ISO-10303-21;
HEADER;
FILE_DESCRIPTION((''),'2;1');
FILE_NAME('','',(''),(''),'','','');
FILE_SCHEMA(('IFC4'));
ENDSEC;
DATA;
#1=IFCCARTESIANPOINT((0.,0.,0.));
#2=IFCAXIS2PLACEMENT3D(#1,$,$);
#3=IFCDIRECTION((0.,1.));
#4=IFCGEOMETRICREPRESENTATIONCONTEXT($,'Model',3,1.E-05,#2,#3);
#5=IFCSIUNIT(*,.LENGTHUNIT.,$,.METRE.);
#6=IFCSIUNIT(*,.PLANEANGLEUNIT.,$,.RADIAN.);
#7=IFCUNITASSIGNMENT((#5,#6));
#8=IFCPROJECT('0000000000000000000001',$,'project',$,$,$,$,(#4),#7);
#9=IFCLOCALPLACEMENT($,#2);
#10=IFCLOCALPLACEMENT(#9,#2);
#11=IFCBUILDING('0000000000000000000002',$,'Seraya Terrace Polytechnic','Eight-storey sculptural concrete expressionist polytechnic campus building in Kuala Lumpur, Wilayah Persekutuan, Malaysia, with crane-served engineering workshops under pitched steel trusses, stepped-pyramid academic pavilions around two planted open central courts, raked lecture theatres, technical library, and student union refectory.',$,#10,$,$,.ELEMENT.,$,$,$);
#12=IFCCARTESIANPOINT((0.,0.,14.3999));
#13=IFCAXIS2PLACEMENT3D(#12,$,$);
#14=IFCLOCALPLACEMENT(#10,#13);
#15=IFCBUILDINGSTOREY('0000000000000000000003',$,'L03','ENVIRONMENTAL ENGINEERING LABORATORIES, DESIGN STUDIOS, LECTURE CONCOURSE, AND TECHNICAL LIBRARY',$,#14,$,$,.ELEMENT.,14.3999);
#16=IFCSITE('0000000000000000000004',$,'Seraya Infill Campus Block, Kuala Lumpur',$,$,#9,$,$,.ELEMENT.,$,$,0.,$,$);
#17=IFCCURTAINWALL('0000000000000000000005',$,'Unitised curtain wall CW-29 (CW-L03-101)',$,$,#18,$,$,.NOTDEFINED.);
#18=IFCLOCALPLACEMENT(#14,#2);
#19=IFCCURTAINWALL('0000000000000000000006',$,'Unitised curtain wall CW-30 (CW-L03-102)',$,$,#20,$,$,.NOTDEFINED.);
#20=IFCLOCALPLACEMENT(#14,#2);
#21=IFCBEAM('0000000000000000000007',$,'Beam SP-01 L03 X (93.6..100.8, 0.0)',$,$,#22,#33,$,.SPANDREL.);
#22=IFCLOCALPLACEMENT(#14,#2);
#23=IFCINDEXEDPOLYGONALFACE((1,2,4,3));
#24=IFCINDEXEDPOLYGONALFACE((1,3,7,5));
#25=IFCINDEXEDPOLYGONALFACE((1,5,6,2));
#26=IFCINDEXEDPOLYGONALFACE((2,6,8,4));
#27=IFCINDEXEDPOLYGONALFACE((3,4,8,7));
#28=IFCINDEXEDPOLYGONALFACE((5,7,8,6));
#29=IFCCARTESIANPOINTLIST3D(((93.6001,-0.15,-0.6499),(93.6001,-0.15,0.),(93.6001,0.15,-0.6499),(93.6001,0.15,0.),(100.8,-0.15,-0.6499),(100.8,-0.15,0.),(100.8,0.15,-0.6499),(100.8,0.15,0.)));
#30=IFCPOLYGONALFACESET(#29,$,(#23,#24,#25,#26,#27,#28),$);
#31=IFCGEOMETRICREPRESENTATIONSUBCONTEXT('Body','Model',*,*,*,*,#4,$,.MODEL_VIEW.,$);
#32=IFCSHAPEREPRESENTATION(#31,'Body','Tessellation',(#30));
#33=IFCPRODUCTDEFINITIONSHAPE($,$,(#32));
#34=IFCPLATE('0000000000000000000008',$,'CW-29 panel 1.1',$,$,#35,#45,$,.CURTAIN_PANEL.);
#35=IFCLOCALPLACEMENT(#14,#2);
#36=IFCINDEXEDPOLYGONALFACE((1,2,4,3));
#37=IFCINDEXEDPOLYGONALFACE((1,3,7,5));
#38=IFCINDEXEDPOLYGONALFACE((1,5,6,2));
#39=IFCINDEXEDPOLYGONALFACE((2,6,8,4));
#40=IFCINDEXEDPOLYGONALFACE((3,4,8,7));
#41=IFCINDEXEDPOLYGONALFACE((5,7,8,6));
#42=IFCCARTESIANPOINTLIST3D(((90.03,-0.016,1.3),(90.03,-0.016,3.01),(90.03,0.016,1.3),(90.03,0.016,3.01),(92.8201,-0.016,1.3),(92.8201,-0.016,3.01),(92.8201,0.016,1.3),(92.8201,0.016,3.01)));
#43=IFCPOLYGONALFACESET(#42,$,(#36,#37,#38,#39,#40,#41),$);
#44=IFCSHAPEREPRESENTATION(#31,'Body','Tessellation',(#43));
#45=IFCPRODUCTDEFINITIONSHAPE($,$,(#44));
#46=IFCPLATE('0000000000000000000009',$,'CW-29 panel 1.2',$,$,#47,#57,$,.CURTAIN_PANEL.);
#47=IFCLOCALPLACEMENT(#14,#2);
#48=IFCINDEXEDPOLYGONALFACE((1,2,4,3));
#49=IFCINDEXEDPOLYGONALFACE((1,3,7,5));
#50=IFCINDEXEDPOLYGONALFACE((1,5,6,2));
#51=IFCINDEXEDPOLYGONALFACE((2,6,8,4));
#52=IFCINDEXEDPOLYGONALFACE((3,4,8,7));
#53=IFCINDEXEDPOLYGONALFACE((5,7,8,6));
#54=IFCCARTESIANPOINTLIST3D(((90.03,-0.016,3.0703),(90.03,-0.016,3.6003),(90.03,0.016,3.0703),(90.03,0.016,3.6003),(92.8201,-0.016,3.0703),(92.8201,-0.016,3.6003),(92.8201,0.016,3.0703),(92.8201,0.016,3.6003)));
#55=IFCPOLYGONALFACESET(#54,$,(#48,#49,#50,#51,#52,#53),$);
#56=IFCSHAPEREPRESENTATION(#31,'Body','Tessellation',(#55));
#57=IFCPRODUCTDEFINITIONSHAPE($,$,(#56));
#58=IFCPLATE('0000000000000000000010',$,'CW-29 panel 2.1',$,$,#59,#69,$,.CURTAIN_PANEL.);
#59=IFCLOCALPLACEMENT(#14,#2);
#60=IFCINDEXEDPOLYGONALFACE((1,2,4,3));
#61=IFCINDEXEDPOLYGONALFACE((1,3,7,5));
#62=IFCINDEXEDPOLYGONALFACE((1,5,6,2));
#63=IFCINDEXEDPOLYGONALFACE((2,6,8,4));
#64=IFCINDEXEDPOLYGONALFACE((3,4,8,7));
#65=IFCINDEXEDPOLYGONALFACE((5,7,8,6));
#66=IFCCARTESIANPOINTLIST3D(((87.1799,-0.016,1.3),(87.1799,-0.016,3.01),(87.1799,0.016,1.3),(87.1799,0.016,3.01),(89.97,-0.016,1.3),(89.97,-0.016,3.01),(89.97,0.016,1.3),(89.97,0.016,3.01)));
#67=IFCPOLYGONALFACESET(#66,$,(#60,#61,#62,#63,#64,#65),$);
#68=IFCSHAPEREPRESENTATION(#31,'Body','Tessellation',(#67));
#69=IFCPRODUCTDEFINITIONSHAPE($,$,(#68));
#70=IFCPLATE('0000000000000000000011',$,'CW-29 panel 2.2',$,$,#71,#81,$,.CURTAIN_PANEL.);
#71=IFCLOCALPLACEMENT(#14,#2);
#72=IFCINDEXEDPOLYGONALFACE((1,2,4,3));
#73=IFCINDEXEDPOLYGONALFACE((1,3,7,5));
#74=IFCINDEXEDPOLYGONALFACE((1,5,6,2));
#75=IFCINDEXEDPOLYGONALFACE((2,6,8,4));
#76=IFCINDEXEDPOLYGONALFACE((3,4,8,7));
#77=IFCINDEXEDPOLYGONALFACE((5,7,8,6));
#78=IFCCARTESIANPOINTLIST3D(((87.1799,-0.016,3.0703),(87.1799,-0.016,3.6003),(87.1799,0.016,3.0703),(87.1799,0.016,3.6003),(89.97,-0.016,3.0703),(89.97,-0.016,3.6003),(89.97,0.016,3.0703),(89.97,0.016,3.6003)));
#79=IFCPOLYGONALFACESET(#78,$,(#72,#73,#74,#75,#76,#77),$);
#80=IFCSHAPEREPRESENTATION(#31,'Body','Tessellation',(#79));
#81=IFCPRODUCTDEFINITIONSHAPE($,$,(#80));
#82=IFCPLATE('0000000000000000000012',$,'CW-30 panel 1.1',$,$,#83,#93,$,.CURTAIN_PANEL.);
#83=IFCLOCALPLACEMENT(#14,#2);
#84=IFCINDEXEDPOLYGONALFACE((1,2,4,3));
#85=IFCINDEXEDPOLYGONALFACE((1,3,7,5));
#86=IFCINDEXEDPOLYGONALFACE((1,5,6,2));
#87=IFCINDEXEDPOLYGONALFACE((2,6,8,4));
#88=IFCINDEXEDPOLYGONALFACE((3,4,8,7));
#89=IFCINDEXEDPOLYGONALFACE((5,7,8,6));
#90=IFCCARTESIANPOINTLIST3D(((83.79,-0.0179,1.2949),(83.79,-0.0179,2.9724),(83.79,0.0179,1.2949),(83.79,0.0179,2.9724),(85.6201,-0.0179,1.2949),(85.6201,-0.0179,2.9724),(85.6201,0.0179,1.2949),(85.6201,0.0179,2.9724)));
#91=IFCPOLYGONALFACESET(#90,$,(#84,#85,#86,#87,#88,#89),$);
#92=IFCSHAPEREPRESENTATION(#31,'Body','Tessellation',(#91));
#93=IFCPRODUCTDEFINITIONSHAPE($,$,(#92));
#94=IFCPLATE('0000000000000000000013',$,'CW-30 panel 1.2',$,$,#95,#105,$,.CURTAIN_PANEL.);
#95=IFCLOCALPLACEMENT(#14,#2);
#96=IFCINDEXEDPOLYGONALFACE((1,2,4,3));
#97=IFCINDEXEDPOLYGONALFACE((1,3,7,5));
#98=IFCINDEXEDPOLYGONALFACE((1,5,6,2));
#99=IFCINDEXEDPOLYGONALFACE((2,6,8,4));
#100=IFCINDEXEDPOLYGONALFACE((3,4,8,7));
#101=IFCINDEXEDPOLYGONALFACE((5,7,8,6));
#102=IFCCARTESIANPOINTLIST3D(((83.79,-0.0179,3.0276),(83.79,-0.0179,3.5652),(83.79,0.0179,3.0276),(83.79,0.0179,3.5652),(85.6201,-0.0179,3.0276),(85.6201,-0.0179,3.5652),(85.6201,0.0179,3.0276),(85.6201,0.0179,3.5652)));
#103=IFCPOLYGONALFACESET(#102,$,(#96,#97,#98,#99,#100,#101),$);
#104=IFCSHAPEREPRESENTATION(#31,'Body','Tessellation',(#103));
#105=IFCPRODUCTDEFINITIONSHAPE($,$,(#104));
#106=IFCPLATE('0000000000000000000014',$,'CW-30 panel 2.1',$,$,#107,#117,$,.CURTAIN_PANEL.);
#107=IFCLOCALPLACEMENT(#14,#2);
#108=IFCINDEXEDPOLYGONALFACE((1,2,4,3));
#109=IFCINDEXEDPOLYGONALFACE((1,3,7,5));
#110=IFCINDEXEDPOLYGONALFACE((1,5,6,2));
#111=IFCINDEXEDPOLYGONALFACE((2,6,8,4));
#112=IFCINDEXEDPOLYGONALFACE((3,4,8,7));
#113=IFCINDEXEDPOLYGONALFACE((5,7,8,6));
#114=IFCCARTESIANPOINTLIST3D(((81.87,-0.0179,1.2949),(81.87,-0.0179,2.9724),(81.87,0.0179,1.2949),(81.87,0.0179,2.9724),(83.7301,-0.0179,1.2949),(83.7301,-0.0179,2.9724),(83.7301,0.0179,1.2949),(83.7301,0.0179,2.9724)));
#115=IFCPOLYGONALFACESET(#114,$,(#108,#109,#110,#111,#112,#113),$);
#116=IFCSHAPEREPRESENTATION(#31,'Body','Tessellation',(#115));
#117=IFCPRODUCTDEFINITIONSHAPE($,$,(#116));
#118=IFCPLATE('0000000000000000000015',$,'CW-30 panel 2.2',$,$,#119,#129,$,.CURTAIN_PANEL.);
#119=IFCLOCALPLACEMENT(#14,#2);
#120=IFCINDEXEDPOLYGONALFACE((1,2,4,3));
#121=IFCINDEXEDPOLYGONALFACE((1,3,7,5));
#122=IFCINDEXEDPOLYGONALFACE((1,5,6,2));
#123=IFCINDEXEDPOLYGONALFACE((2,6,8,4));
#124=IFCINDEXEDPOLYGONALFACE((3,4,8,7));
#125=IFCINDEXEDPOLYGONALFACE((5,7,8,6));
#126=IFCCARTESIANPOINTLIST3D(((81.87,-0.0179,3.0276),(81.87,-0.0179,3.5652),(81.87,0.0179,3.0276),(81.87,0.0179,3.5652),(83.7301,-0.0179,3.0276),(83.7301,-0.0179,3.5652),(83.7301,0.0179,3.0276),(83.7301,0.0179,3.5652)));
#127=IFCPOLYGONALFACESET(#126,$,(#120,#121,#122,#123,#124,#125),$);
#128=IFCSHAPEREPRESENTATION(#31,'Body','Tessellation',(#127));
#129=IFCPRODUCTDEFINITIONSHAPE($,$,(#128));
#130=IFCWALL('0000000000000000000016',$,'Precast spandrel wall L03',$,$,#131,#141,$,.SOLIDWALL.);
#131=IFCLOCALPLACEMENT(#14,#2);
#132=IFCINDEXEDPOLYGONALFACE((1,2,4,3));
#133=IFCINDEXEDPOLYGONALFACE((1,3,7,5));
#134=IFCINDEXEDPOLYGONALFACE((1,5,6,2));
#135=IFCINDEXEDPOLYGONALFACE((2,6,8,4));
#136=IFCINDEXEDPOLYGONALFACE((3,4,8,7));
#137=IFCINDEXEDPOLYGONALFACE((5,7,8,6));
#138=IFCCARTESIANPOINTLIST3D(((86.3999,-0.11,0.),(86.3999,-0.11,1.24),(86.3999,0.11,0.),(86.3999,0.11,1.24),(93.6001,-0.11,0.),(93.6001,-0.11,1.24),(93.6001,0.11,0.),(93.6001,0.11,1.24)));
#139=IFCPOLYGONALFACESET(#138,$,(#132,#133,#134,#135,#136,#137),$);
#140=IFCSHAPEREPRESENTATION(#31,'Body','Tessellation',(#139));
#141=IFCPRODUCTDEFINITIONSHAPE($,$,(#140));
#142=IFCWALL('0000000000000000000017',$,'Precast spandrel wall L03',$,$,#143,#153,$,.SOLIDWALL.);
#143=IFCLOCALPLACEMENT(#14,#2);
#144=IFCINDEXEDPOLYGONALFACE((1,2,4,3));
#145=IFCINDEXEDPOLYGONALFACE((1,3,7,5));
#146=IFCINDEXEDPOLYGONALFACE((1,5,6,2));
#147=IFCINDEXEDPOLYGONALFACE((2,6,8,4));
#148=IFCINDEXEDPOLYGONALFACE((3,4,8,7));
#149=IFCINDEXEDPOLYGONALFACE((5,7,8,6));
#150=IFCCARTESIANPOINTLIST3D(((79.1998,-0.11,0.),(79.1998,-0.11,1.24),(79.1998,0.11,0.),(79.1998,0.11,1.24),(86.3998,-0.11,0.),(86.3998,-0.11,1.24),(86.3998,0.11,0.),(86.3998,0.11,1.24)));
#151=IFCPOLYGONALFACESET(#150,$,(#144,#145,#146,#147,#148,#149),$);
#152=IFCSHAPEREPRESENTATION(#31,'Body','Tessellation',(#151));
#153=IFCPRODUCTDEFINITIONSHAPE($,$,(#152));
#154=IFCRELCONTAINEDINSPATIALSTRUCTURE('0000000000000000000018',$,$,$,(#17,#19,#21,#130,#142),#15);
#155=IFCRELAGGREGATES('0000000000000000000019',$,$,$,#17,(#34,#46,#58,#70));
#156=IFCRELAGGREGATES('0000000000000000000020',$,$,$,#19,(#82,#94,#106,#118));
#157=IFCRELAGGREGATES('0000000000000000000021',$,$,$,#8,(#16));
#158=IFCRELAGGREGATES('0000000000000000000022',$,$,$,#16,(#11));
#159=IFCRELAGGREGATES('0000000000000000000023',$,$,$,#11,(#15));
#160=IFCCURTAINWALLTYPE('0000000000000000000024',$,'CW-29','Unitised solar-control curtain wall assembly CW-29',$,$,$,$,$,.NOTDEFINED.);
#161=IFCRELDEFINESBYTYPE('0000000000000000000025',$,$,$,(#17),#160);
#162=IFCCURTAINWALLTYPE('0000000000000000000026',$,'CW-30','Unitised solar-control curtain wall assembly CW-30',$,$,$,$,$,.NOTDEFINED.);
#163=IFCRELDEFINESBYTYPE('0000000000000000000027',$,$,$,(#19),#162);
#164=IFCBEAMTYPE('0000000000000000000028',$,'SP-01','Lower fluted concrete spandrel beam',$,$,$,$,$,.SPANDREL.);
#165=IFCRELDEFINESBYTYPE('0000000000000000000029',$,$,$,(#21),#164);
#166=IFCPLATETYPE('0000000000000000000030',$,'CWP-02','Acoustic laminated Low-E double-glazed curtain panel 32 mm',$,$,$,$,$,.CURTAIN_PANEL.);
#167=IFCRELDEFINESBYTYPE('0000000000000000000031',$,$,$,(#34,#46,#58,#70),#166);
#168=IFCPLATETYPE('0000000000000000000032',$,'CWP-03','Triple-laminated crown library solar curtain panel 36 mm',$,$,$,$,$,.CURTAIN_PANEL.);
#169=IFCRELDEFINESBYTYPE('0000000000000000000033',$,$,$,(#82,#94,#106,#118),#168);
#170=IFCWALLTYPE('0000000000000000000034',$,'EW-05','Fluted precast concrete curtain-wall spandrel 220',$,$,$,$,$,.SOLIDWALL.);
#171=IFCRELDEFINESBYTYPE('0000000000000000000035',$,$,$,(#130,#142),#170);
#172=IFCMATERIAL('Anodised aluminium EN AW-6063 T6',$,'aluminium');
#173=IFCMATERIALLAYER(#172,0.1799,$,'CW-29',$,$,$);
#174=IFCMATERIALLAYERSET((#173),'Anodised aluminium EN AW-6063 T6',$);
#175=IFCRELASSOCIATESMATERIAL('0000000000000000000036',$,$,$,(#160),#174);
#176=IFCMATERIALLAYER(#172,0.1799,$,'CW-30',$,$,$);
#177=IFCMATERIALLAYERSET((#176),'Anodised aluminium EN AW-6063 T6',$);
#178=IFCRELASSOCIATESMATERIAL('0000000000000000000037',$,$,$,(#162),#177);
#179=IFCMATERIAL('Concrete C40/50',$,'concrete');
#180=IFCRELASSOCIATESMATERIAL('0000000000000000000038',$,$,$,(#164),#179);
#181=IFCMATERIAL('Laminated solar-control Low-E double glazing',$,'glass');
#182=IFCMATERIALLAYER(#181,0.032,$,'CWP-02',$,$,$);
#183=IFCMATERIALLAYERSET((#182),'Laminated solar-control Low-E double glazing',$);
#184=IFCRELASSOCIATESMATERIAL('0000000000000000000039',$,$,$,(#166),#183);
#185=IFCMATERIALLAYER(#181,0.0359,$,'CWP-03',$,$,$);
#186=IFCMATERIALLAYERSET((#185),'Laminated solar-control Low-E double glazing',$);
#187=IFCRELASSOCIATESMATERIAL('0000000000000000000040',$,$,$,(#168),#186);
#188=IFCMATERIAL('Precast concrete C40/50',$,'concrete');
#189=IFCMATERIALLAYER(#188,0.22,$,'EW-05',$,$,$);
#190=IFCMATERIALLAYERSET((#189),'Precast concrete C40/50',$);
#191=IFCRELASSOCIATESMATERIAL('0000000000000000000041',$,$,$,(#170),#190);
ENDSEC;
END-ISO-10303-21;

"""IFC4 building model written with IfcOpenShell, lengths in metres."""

from ifc_helpers import new_model, si_unit, direction, frame, frame_2d, origin, origin_2d, place, context, subcontext, project, spatial, rectangle, extrude, material, layer, layer_set, material_profile, profile_set, type_object, element, aggregate, save


model = new_model("IFC4")

# Units and contexts
model_context = context("Model", 3, precision=1e-05, world=origin(), true_north=direction((0.0, 1.0)))
body_context = subcontext(model_context, "Body", "Model", "MODEL_VIEW")
ifc_project = project(units=[si_unit("LENGTHUNIT", "METRE"), si_unit("PLANEANGLEUNIT", "RADIAN")], contexts=[model_context])

# Site, building, storey
site_placement = place(None, origin())
site = spatial("IfcSite", under=ifc_project, at=site_placement, Name="Seraya Infill Campus Block, Kuala Lumpur", CompositionType="ELEMENT", RefElevation=0.0)
building_placement = place(site_placement, origin())
building = spatial("IfcBuilding", under=site, at=building_placement, Name="Seraya Terrace Polytechnic", Description="Eight-storey sculptural concrete expressionist polytechnic campus building in Kuala Lumpur, Wilayah Persekutuan, Malaysia, with crane-served engineering workshops under pitched steel trusses, stepped-pyramid academic pavilions around two planted open central courts, raked lecture theatres, technical library, and student union refectory.", CompositionType="ELEMENT")
storey_placement = place(building_placement, frame((0.0, 0.0, 14.3999)))
storey = spatial("IfcBuildingStorey", under=building, at=storey_placement, Name="L03", Description="ENVIRONMENTAL ENGINEERING LABORATORIES, DESIGN STUDIOS, LECTURE CONCOURSE, AND TECHNICAL LIBRARY", CompositionType="ELEMENT", Elevation=14.3999)

# Shared definitions
ifc_material_1 = material(Name="Concrete C40/50", Category="concrete")

# Curtain walls
ifc_material_2 = material(Name="Anodised aluminium EN AW-6063 T6", Category="aluminium")
ifc_layer_1 = layer(ifc_material_2, 0.1799, Name="CW-29")
ifc_layer_set_1 = layer_set([ifc_layer_1], Name="Anodised aluminium EN AW-6063 T6")
curtain_wall_type_1 = type_object("IfcCurtainWallType", Name="CW-29", Description="Unitised solar-control curtain wall assembly CW-29", PredefinedType="NOTDEFINED", material=ifc_layer_set_1)
curtain_wall_1_placement = place(storey_placement, origin())
curtain_wall_1 = element("IfcCurtainWall", 1, at=curtain_wall_1_placement, inside=storey, type_object=curtain_wall_type_1, Name="Unitised curtain wall CW-29 (CW-L03-101)", PredefinedType="NOTDEFINED")
ifc_layer_2 = layer(ifc_material_2, 0.1799, Name="CW-30")
ifc_layer_set_2 = layer_set([ifc_layer_2], Name="Anodised aluminium EN AW-6063 T6")
curtain_wall_type_2 = type_object("IfcCurtainWallType", Name="CW-30", Description="Unitised solar-control curtain wall assembly CW-30", PredefinedType="NOTDEFINED", material=ifc_layer_set_2)
curtain_wall_2_placement = place(storey_placement, origin())
curtain_wall_2 = element("IfcCurtainWall", 2, at=curtain_wall_2_placement, inside=storey, type_object=curtain_wall_type_2, Name="Unitised curtain wall CW-30 (CW-L03-102)", PredefinedType="NOTDEFINED")

# Beam
ifc_material_profile_1 = material_profile(ifc_material_1, rectangle(XDim=0.3, YDim=0.6499, at=origin_2d()), Name="RC 300x650")
ifc_profile_set_1 = profile_set([ifc_material_profile_1], Name="Concrete C40/50")
beam_type_1 = type_object("IfcBeamType", Name="SP-01", Description="Lower fluted concrete spandrel beam", PredefinedType="SPANDREL", material=ifc_profile_set_1)
beam_1_placement = place(storey_placement, frame((93.6001, 0.0, -0.325), z_axis=(1.0, 0.0, 0.0), x_axis=(0.0, 1.0, 0.0)))
element("IfcBeam", 3, at=beam_1_placement, inside=storey, type_object=beam_type_1, Name="Beam SP-01 L03 X (93.6..100.8, 0.0)", PredefinedType="SPANDREL", context=body_context, shape_type="SweptSolid", body=[
    extrude(rectangle(XDim=0.3, YDim=0.6499, at=origin_2d()), origin(), (0.0, 0.0, 1.0), 7.2),
])

# Plates
ifc_material_3 = material(Name="Laminated solar-control Low-E double glazing", Category="glass")
ifc_layer_3 = layer(ifc_material_3, 0.032, Name="CWP-02")
ifc_layer_set_3 = layer_set([ifc_layer_3], Name="Laminated solar-control Low-E double glazing")
plate_type_1 = type_object("IfcPlateType", Name="CWP-02", Description="Acoustic laminated Low-E double-glazed curtain panel 32 mm", PredefinedType="CURTAIN_PANEL", material=ifc_layer_set_3)
plate_1_placement = place(storey_placement, frame((91.425, 0.0, 1.3), z_axis=(0.0, 0.0, 1.0), x_axis=(-1.0, 0.0, 0.0)))
plate_1 = element("IfcPlate", 4, at=plate_1_placement, type_object=plate_type_1, Name="CW-29 panel 1.1", PredefinedType="CURTAIN_PANEL", context=body_context, shape_type="SweptSolid", body=[
    extrude(rectangle(XDim=2.79, YDim=0.032, at=origin_2d()), origin(), (0.0, 0.0, 1.0), 1.71),
])
plate_2_placement = place(storey_placement, frame((91.425, 0.0, 3.0703), z_axis=(0.0, 0.0, 1.0), x_axis=(-1.0, 0.0, 0.0)))
plate_2 = element("IfcPlate", 5, at=plate_2_placement, type_object=plate_type_1, Name="CW-29 panel 1.2", PredefinedType="CURTAIN_PANEL", context=body_context, shape_type="SweptSolid", body=[
    extrude(rectangle(XDim=2.79, YDim=0.032, at=origin_2d()), origin(), (0.0, 0.0, 1.0), 0.53),
])
plate_3_placement = place(storey_placement, frame((88.575, 0.0, 1.3), z_axis=(0.0, 0.0, 1.0), x_axis=(-1.0, 0.0, 0.0)))
plate_3 = element("IfcPlate", 6, at=plate_3_placement, type_object=plate_type_1, Name="CW-29 panel 2.1", PredefinedType="CURTAIN_PANEL", context=body_context, shape_type="SweptSolid", body=[
    extrude(rectangle(XDim=2.79, YDim=0.032, at=origin_2d()), origin(), (0.0, 0.0, 1.0), 1.71),
])
plate_4_placement = place(storey_placement, frame((88.575, 0.0, 3.0703), z_axis=(0.0, 0.0, 1.0), x_axis=(-1.0, 0.0, 0.0)))
plate_4 = element("IfcPlate", 7, at=plate_4_placement, type_object=plate_type_1, Name="CW-29 panel 2.2", PredefinedType="CURTAIN_PANEL", context=body_context, shape_type="SweptSolid", body=[
    extrude(rectangle(XDim=2.79, YDim=0.032, at=origin_2d()), origin(), (0.0, 0.0, 1.0), 0.53),
])
aggregate(curtain_wall_1, [plate_1, plate_2, plate_3, plate_4])
ifc_layer_4 = layer(ifc_material_3, 0.0359, Name="CWP-03")
ifc_layer_set_4 = layer_set([ifc_layer_4], Name="Laminated solar-control Low-E double glazing")
plate_type_2 = type_object("IfcPlateType", Name="CWP-03", Description="Triple-laminated crown library solar curtain panel 36 mm", PredefinedType="CURTAIN_PANEL", material=ifc_layer_set_4)
plate_5_placement = place(storey_placement, frame((84.7051, 0.0, 1.2949), z_axis=(0.0, 0.0, 1.0), x_axis=(-1.0, 0.0, 0.0)))
plate_5 = element("IfcPlate", 8, at=plate_5_placement, type_object=plate_type_2, Name="CW-30 panel 1.1", PredefinedType="CURTAIN_PANEL", context=body_context, shape_type="SweptSolid", body=[
    extrude(rectangle(XDim=1.8301, YDim=0.0359, at=origin_2d()), origin(), (0.0, 0.0, 1.0), 1.6775),
])
plate_6_placement = place(storey_placement, frame((84.7051, 0.0, 3.0276), z_axis=(0.0, 0.0, 1.0), x_axis=(-1.0, 0.0, 0.0)))
plate_6 = element("IfcPlate", 9, at=plate_6_placement, type_object=plate_type_2, Name="CW-30 panel 1.2", PredefinedType="CURTAIN_PANEL", context=body_context, shape_type="SweptSolid", body=[
    extrude(rectangle(XDim=1.8301, YDim=0.0359, at=origin_2d()), origin(), (0.0, 0.0, 1.0), 0.5376),
])
plate_7_placement = place(storey_placement, frame((82.8, 0.0, 1.2949), z_axis=(0.0, 0.0, 1.0), x_axis=(-1.0, 0.0, 0.0)))
plate_7 = element("IfcPlate", 10, at=plate_7_placement, type_object=plate_type_2, Name="CW-30 panel 2.1", PredefinedType="CURTAIN_PANEL", context=body_context, shape_type="SweptSolid", body=[
    extrude(rectangle(XDim=1.8601, YDim=0.0359, at=origin_2d()), origin(), (0.0, 0.0, 1.0), 1.6775),
])
plate_8_placement = place(storey_placement, frame((82.8, 0.0, 3.0276), z_axis=(0.0, 0.0, 1.0), x_axis=(-1.0, 0.0, 0.0)))
plate_8 = element("IfcPlate", 11, at=plate_8_placement, type_object=plate_type_2, Name="CW-30 panel 2.2", PredefinedType="CURTAIN_PANEL", context=body_context, shape_type="SweptSolid", body=[
    extrude(rectangle(XDim=1.8601, YDim=0.0359, at=origin_2d()), origin(), (0.0, 0.0, 1.0), 0.5376),
])
aggregate(curtain_wall_2, [plate_5, plate_6, plate_7, plate_8])

# Walls
ifc_material_4 = material(Name="Precast concrete C40/50", Category="concrete")
ifc_layer_5 = layer(ifc_material_4, 0.22, Name="EW-05")
ifc_layer_set_5 = layer_set([ifc_layer_5], Name="Precast concrete C40/50")
wall_type_1 = type_object("IfcWallType", Name="EW-05", Description="Fluted precast concrete curtain-wall spandrel 220", PredefinedType="SOLIDWALL", material=ifc_layer_set_5)
wall_1_placement = place(storey_placement, frame((93.6001, 0.0, 0.0), z_axis=(0.0, 0.0, 1.0), x_axis=(-1.0, 0.0, 0.0)))
element("IfcWall", 12, at=wall_1_placement, inside=storey, type_object=wall_type_1, Name="Precast spandrel wall L03", PredefinedType="SOLIDWALL", context=body_context, shape_type="SweptSolid", body=[
    extrude(rectangle(XDim=7.2002, YDim=0.22, at=frame_2d((3.6001, 0.0))), origin(), (0.0, 0.0, 1.0), 1.24),
])
wall_2_placement = place(storey_placement, frame((86.3999, 0.0, 0.0), z_axis=(0.0, 0.0, 1.0), x_axis=(-1.0, 0.0, 0.0)))
element("IfcWall", 13, at=wall_2_placement, inside=storey, type_object=wall_type_1, Name="Precast spandrel wall L03", PredefinedType="SOLIDWALL", context=body_context, shape_type="SweptSolid", body=[
    extrude(rectangle(XDim=7.2, YDim=0.22, at=frame_2d((3.6001, 0.0))), origin(), (0.0, 0.0, 1.0), 1.24),
])

save(model, "model.ifc")
